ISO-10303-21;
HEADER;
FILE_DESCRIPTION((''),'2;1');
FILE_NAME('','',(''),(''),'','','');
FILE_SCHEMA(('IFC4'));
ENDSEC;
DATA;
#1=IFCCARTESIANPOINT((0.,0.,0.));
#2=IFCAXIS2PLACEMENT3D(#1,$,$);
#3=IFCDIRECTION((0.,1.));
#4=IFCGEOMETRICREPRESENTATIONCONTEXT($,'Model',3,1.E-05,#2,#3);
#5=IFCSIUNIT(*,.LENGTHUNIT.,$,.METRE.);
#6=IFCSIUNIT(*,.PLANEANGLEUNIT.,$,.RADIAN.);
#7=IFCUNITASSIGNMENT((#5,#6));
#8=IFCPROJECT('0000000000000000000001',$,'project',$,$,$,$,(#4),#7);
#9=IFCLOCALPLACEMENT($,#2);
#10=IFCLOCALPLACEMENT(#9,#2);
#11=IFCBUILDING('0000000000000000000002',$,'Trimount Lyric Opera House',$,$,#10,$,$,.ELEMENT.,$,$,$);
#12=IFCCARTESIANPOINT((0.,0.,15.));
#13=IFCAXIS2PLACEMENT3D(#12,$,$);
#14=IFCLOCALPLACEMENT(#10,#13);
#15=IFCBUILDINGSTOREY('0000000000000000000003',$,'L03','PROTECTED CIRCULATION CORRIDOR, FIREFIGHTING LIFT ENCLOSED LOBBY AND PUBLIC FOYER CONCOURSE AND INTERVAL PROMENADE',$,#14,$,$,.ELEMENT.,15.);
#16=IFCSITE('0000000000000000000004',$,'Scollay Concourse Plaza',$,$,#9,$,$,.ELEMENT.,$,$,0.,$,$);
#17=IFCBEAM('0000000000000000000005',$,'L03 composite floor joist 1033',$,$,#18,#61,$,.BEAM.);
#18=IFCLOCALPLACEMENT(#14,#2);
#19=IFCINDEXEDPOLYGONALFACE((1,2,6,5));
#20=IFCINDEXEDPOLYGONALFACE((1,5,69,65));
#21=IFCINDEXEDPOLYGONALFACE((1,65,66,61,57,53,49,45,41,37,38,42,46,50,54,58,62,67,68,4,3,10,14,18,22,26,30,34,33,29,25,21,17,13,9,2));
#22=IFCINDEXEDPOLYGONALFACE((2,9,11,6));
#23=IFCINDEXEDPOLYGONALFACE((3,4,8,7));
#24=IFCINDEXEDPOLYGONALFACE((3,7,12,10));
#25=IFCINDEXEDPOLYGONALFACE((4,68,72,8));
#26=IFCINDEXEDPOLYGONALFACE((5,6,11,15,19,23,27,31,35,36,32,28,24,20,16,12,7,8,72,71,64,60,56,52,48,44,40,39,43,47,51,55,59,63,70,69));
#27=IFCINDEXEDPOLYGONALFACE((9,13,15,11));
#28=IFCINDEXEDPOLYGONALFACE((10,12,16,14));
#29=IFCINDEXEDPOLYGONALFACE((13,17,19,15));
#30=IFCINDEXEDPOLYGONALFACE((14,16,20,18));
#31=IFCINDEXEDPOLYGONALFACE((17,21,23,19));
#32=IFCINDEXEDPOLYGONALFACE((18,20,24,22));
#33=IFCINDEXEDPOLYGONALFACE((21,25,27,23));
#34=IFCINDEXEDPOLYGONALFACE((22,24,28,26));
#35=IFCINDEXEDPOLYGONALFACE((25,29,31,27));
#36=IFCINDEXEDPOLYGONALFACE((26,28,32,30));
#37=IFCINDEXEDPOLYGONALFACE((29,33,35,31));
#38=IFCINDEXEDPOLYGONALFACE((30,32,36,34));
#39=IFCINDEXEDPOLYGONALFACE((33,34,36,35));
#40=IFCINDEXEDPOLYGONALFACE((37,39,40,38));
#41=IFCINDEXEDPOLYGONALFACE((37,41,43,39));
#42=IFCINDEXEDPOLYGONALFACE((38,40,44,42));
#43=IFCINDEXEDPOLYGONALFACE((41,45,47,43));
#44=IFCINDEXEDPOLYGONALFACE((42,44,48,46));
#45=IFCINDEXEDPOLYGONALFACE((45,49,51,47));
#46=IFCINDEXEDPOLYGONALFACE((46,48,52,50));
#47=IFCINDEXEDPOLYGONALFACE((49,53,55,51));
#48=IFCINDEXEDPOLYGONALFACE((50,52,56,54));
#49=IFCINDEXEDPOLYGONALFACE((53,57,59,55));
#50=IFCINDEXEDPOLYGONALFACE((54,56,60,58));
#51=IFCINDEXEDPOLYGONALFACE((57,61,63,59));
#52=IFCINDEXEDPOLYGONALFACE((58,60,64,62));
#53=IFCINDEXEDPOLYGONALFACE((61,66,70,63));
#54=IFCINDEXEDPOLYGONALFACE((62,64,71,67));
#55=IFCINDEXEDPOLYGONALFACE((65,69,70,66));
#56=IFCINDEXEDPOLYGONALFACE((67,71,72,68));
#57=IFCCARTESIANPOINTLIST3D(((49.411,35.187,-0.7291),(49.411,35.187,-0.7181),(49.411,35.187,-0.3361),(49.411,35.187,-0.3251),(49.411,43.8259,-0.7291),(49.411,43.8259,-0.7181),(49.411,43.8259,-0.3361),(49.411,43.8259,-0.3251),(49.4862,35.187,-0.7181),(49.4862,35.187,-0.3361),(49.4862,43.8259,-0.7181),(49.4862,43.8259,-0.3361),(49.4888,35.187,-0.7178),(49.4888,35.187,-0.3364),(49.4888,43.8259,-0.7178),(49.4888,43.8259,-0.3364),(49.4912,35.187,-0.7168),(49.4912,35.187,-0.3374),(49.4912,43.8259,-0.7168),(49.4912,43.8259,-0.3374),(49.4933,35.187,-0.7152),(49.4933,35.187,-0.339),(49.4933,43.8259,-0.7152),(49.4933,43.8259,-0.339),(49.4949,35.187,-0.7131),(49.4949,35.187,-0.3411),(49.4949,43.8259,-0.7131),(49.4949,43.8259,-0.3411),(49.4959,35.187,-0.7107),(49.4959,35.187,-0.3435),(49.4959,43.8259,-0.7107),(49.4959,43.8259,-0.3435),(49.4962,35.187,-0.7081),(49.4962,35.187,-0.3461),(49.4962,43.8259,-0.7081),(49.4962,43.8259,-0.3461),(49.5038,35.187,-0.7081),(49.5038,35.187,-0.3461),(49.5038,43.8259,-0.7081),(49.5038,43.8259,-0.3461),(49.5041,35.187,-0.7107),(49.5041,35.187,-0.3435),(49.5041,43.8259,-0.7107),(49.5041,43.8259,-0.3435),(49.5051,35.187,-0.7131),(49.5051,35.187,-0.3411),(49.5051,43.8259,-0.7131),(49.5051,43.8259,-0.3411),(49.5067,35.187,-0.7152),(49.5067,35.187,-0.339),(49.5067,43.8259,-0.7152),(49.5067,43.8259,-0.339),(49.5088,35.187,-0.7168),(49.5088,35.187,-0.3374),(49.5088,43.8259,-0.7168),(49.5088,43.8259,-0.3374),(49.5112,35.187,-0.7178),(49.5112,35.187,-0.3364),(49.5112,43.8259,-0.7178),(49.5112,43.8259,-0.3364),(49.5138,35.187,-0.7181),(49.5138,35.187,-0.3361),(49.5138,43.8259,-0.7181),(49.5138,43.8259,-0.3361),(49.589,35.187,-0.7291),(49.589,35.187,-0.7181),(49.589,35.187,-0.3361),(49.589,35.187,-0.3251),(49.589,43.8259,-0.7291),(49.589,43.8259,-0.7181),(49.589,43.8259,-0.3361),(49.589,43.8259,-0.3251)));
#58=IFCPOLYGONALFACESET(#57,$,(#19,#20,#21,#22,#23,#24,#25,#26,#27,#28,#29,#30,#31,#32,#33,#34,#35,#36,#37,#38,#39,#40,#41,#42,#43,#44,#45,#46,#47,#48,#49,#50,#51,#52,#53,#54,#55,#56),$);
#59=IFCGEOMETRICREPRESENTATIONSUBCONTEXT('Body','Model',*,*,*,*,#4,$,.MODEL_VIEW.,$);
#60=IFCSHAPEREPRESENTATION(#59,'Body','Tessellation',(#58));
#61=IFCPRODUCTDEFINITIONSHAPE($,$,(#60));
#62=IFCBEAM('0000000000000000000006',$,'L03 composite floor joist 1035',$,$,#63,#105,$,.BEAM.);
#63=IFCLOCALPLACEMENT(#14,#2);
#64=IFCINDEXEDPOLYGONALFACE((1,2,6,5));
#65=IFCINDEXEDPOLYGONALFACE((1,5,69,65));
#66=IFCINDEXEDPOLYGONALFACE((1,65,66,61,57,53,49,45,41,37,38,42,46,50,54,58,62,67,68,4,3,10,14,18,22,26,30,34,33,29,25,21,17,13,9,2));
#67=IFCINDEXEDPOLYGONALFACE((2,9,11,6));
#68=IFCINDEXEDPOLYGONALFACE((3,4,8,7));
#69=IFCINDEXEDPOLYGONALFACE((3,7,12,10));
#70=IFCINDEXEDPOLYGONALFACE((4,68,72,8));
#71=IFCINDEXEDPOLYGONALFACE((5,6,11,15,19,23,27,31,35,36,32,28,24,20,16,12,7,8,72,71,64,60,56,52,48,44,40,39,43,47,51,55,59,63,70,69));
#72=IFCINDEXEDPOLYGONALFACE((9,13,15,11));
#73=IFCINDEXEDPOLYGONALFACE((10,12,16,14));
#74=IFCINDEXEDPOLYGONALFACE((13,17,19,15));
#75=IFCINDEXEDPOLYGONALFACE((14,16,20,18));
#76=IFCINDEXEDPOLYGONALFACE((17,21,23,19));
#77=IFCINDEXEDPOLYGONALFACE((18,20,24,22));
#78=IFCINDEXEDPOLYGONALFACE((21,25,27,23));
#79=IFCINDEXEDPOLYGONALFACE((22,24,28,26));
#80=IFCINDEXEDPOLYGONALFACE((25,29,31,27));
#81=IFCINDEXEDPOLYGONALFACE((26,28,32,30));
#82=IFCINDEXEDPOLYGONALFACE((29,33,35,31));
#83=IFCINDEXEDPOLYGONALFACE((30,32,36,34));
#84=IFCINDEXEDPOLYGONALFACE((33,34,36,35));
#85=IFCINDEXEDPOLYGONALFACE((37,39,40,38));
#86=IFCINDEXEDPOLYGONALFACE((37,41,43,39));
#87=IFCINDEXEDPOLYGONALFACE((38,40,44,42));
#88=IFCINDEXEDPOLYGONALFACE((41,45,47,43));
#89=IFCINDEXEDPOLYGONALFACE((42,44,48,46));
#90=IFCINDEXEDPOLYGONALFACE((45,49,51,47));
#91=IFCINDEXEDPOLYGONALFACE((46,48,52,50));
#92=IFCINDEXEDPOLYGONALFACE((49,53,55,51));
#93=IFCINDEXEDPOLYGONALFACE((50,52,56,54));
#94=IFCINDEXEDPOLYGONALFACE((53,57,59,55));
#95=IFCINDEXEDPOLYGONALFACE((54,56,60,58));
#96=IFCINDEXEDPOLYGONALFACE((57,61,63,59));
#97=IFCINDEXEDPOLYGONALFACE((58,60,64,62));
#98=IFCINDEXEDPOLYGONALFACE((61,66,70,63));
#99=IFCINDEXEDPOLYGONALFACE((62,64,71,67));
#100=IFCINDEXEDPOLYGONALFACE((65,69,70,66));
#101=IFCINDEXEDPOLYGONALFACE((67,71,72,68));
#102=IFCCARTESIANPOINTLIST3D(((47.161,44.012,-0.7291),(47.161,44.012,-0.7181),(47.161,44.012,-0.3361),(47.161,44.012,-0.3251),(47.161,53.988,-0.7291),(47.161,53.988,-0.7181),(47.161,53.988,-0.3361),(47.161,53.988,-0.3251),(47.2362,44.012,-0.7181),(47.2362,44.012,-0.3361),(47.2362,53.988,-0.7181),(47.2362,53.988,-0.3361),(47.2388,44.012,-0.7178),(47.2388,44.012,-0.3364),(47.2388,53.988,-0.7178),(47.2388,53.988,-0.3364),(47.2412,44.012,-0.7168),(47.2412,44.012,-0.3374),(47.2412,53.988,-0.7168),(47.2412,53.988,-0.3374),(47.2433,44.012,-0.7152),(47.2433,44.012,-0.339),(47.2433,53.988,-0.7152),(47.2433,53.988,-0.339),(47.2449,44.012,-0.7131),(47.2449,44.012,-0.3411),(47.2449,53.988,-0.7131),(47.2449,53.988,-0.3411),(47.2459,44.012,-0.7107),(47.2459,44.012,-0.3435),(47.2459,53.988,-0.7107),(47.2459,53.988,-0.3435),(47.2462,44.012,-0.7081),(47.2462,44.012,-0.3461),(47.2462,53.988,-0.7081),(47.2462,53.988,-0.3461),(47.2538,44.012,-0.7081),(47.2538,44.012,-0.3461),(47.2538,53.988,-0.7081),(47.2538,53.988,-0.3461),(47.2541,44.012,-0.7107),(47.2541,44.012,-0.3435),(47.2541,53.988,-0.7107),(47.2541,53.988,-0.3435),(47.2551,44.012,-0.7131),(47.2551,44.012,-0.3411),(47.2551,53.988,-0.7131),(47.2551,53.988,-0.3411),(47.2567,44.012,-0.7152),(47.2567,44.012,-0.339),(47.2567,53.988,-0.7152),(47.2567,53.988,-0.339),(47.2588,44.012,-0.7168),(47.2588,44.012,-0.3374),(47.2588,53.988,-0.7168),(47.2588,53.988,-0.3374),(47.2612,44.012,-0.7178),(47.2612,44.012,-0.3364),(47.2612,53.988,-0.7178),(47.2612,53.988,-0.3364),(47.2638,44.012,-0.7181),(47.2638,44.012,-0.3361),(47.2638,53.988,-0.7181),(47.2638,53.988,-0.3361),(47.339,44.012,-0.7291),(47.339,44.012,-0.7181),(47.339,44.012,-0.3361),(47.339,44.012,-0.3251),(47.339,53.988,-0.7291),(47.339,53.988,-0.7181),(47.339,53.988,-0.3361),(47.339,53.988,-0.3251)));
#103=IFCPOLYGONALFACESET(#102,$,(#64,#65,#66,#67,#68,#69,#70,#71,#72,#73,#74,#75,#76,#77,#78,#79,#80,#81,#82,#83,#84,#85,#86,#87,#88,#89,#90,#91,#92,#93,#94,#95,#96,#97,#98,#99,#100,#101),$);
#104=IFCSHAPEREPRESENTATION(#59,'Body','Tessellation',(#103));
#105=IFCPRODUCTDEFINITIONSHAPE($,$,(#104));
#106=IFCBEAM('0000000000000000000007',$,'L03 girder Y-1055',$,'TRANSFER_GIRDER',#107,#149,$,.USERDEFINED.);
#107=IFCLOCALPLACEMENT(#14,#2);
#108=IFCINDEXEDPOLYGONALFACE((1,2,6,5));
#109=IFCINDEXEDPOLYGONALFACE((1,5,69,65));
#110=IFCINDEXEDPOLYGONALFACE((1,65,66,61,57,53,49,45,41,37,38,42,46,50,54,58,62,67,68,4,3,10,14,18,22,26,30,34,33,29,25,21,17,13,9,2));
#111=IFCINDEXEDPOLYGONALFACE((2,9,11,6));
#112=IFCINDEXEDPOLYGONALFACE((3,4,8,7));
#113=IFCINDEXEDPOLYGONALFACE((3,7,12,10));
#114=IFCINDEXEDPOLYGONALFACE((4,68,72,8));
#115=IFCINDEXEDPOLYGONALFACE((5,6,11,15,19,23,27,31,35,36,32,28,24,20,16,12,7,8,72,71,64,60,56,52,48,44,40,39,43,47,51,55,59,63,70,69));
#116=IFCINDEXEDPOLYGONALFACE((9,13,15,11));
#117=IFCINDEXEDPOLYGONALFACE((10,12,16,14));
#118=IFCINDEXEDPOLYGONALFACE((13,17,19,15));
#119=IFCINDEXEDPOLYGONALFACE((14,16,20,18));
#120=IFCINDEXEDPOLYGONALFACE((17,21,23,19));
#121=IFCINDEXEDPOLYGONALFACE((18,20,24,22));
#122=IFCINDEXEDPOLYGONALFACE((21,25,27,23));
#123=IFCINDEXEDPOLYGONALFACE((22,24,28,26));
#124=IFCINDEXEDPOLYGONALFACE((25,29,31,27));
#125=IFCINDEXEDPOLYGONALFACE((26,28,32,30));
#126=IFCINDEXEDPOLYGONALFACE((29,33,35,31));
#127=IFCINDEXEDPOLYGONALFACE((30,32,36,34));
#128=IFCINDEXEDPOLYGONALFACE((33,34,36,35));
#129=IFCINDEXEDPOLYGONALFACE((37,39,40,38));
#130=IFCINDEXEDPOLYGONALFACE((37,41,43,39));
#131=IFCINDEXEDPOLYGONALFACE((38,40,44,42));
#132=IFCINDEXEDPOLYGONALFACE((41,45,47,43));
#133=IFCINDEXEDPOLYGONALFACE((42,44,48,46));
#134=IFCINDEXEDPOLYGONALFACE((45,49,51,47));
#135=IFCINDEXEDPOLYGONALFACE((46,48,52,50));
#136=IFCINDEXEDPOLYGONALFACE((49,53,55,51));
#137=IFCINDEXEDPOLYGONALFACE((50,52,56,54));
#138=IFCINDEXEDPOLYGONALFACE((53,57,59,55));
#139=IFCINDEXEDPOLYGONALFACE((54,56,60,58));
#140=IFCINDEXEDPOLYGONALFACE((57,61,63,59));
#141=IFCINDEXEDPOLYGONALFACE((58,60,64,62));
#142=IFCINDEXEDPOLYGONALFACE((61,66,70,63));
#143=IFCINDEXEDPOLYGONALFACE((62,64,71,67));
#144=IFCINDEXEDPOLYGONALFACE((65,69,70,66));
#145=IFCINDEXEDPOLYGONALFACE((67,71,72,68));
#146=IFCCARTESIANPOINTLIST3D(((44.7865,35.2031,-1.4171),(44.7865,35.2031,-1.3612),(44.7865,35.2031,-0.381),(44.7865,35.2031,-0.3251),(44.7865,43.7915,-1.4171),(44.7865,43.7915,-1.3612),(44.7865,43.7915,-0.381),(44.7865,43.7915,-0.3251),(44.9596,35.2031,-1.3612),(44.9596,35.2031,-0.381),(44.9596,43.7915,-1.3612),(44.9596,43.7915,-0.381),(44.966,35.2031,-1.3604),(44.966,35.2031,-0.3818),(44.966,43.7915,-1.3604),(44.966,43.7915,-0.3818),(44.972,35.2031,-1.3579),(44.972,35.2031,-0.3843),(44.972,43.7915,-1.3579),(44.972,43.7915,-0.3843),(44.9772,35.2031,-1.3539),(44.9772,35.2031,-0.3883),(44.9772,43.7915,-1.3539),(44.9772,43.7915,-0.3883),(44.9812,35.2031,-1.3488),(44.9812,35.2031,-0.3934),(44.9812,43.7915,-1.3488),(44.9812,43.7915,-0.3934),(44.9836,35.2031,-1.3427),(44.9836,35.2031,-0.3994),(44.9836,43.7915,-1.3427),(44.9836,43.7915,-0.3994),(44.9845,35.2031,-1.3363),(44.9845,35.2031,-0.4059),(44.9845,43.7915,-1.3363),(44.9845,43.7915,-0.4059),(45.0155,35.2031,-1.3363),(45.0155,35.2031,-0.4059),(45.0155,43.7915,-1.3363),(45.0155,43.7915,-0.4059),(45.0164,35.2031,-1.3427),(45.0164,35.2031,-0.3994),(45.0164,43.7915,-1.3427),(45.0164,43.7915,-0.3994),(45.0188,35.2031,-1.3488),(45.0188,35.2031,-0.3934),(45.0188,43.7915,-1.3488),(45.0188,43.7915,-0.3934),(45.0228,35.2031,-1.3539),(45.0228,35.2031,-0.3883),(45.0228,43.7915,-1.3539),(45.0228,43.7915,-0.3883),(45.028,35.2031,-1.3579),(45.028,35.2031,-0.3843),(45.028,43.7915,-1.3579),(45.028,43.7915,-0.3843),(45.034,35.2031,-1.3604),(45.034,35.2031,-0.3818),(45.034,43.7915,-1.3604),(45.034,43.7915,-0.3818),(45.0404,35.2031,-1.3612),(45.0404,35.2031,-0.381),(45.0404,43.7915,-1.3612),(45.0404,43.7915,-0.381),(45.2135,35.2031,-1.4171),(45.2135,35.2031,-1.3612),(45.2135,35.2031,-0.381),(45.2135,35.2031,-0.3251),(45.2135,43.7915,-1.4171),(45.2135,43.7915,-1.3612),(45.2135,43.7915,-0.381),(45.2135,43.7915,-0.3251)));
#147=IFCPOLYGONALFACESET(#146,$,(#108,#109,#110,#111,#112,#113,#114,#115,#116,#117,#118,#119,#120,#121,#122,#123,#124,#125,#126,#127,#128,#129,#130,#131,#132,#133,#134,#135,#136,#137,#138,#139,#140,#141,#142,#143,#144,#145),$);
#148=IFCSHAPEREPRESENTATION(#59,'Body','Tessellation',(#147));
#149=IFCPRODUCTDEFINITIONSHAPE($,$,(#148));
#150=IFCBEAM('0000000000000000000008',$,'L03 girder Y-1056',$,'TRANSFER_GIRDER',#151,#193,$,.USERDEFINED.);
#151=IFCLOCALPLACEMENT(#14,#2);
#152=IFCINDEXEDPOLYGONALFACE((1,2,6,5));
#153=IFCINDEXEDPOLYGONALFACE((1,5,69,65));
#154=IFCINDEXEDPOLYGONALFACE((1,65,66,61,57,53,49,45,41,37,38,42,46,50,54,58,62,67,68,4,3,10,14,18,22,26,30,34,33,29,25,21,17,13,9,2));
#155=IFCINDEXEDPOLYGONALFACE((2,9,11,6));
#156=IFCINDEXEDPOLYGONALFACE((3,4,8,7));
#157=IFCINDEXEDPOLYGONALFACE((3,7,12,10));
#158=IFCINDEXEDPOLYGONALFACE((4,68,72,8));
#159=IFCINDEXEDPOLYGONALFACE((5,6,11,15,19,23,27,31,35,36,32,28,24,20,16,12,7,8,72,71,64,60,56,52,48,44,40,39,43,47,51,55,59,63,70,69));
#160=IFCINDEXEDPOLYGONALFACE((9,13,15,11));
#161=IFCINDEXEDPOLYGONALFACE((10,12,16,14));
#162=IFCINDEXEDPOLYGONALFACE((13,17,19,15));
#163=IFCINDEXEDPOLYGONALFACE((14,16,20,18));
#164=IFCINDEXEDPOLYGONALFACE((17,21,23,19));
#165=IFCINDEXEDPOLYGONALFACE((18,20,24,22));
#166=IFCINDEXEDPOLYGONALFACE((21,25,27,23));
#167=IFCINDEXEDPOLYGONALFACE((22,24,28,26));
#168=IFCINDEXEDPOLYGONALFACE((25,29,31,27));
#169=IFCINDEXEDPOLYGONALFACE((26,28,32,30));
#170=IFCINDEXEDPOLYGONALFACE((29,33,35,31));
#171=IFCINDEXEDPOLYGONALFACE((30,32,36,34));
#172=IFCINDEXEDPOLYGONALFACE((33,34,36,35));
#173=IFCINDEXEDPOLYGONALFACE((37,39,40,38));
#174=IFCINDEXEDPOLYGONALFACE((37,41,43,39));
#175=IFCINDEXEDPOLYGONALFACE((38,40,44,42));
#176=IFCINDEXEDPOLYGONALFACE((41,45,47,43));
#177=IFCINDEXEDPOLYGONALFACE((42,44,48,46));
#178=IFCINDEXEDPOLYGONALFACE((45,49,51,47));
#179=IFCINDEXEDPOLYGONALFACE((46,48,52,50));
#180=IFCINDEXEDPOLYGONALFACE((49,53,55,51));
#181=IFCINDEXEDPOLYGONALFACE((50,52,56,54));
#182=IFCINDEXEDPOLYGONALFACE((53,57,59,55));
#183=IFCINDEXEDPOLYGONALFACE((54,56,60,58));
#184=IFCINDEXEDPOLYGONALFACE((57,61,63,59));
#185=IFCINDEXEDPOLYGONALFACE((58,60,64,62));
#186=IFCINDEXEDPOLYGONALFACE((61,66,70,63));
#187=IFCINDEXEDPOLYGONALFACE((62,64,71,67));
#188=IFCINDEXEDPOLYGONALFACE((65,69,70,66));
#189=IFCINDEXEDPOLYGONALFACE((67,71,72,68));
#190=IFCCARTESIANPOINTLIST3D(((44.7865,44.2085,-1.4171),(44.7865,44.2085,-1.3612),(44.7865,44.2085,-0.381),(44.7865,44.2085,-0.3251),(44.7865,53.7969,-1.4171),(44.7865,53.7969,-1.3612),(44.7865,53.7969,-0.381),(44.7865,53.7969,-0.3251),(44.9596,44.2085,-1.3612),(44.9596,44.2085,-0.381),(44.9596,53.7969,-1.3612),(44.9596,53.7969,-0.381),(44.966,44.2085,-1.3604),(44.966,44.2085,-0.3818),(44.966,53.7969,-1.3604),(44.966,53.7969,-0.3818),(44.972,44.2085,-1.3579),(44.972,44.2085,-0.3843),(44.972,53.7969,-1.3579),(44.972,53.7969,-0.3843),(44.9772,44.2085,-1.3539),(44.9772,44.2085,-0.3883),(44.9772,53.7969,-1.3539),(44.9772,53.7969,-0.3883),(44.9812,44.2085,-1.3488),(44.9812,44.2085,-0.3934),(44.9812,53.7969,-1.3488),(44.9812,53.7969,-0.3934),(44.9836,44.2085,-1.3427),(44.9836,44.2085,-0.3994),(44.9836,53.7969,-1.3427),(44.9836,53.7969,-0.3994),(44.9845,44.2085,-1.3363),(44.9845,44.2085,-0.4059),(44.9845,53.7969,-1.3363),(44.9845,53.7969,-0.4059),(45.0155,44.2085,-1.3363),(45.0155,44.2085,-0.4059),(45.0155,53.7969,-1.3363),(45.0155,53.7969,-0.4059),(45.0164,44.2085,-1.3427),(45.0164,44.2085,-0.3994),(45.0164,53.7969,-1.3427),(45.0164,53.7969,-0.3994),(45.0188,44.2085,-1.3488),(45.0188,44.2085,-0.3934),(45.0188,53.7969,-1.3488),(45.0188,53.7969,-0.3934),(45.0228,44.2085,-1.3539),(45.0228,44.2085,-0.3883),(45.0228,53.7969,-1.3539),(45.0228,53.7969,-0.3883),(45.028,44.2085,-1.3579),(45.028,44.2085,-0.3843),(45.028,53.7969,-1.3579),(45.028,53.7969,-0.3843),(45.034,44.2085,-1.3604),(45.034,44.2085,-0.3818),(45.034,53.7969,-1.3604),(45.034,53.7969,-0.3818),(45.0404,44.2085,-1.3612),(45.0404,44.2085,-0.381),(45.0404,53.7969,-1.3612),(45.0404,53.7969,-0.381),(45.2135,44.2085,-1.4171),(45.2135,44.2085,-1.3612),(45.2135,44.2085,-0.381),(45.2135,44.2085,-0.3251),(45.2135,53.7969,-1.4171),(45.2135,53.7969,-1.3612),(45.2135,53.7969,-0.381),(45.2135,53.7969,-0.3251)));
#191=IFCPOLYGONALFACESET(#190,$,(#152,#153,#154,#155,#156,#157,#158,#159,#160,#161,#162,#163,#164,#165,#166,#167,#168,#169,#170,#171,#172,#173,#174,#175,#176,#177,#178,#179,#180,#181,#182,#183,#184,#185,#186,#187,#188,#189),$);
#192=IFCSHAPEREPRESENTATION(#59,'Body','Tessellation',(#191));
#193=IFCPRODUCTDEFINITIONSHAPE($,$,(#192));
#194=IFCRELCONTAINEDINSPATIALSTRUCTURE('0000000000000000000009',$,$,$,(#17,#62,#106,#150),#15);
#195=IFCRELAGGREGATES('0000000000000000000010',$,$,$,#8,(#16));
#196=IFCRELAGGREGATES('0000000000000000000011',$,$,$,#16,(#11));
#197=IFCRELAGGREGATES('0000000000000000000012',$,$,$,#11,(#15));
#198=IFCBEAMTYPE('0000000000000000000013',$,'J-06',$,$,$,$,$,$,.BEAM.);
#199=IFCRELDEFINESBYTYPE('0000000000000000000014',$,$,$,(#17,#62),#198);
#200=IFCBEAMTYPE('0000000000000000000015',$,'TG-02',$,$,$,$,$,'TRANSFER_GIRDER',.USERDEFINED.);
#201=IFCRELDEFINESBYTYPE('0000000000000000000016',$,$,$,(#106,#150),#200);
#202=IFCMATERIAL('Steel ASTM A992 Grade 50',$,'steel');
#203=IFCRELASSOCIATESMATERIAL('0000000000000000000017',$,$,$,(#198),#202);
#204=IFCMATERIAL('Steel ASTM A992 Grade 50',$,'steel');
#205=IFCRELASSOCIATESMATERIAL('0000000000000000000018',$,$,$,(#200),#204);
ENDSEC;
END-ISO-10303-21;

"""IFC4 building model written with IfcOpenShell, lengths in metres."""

from ifc_helpers import new_model, si_unit, direction, frame, origin, origin_2d, place, context, subcontext, project, spatial, i_section, extrude, material, material_profile, profile_set, type_object, element, save


model = new_model("IFC4")

# Units and contexts
model_context = context("Model", 3, precision=1e-05, world=origin(), true_north=direction((0.0, 1.0)))
body_context = subcontext(model_context, "Body", "Model", "MODEL_VIEW")
ifc_project = project(units=[si_unit("LENGTHUNIT", "METRE"), si_unit("PLANEANGLEUNIT", "RADIAN")], contexts=[model_context])

# Site, building, storey
site_placement = place(None, origin())
site = spatial("IfcSite", under=ifc_project, at=site_placement, Name="Scollay Concourse Plaza", CompositionType="ELEMENT", RefElevation=0.0)
building_placement = place(site_placement, origin())
building = spatial("IfcBuilding", under=site, at=building_placement, Name="Trimount Lyric Opera House", CompositionType="ELEMENT")
storey_placement = place(building_placement, frame((0.0, 0.0, 15.0)))
storey = spatial("IfcBuildingStorey", under=building, at=storey_placement, Name="L03", Description="PROTECTED CIRCULATION CORRIDOR, FIREFIGHTING LIFT ENCLOSED LOBBY AND PUBLIC FOYER CONCOURSE AND INTERVAL PROMENADE", CompositionType="ELEMENT", Elevation=15.0)

# Beams
ifc_material_1 = material(Name="Steel ASTM A992 Grade 50", Category="steel")
ifc_material_profile_1 = material_profile(ifc_material_1, i_section(OverallWidth=0.178, OverallDepth=0.4041, WebThickness=0.0076, FlangeThickness=0.011, FilletRadius=0.01, at=origin_2d()), Name="W16X36")
ifc_profile_set_1 = profile_set([ifc_material_profile_1], Name="Steel ASTM A992 Grade 50")
beam_type_1 = type_object("IfcBeamType", Name="J-06", PredefinedType="BEAM", material=ifc_profile_set_1)
beam_1_placement = place(storey_placement, frame((49.5, 35.187, -0.5271), z_axis=(0.0, 1.0, 0.0), x_axis=(-1.0, 0.0, 0.0)))
element("IfcBeam", 1, at=beam_1_placement, inside=storey, type_object=beam_type_1, Name="L03 composite floor joist 1033", PredefinedType="BEAM", context=body_context, shape_type="SweptSolid", body=[
    extrude(i_section(OverallWidth=0.178, OverallDepth=0.4041, WebThickness=0.0076, FlangeThickness=0.011, FilletRadius=0.01, at=origin_2d()), origin(), (0.0, 0.0, 1.0), 8.6389),
])
beam_2_placement = place(storey_placement, frame((47.25, 44.012, -0.5271), z_axis=(0.0, 1.0, 0.0), x_axis=(-1.0, 0.0, 0.0)))
element("IfcBeam", 2, at=beam_2_placement, inside=storey, type_object=beam_type_1, Name="L03 composite floor joist 1035", PredefinedType="BEAM", context=body_context, shape_type="SweptSolid", body=[
    extrude(i_section(OverallWidth=0.178, OverallDepth=0.4041, WebThickness=0.0076, FlangeThickness=0.011, FilletRadius=0.01, at=origin_2d()), origin(), (0.0, 0.0, 1.0), 9.9761),
])
ifc_material_2 = material(Name="Steel ASTM A992 Grade 50", Category="steel")
ifc_material_profile_2 = material_profile(ifc_material_2, i_section(OverallWidth=0.427, OverallDepth=1.092, WebThickness=0.031, FlangeThickness=0.0559, FilletRadius=0.0249, at=origin_2d()), Name="W40X397")
ifc_profile_set_2 = profile_set([ifc_material_profile_2], Name="Steel ASTM A992 Grade 50")
beam_type_2 = type_object("IfcBeamType", Name="TG-02", ElementType="TRANSFER_GIRDER", PredefinedType="USERDEFINED", material=ifc_profile_set_2)
beam_3_placement = place(storey_placement, frame((45.0, 35.2031, -0.8711), z_axis=(0.0, 1.0, 0.0), x_axis=(-1.0, 0.0, 0.0)))
element("IfcBeam", 3, at=beam_3_placement, inside=storey, type_object=beam_type_2, Name="L03 girder Y-1055", ObjectType="TRANSFER_GIRDER", PredefinedType="USERDEFINED", context=body_context, shape_type="SweptSolid", body=[
    extrude(i_section(OverallWidth=0.427, OverallDepth=1.092, WebThickness=0.031, FlangeThickness=0.0559, FilletRadius=0.0249, at=origin_2d()), origin(), (0.0, 0.0, 1.0), 8.5884),
])
beam_4_placement = place(storey_placement, frame((45.0, 44.2085, -0.8711), z_axis=(0.0, 1.0, 0.0), x_axis=(-1.0, 0.0, 0.0)))
element("IfcBeam", 4, at=beam_4_placement, inside=storey, type_object=beam_type_2, Name="L03 girder Y-1056", ObjectType="TRANSFER_GIRDER", PredefinedType="USERDEFINED", context=body_context, shape_type="SweptSolid", body=[
    extrude(i_section(OverallWidth=0.427, OverallDepth=1.092, WebThickness=0.031, FlangeThickness=0.0559, FilletRadius=0.0249, at=origin_2d()), origin(), (0.0, 0.0, 1.0), 9.5884),
])

save(model, "model.ifc")
